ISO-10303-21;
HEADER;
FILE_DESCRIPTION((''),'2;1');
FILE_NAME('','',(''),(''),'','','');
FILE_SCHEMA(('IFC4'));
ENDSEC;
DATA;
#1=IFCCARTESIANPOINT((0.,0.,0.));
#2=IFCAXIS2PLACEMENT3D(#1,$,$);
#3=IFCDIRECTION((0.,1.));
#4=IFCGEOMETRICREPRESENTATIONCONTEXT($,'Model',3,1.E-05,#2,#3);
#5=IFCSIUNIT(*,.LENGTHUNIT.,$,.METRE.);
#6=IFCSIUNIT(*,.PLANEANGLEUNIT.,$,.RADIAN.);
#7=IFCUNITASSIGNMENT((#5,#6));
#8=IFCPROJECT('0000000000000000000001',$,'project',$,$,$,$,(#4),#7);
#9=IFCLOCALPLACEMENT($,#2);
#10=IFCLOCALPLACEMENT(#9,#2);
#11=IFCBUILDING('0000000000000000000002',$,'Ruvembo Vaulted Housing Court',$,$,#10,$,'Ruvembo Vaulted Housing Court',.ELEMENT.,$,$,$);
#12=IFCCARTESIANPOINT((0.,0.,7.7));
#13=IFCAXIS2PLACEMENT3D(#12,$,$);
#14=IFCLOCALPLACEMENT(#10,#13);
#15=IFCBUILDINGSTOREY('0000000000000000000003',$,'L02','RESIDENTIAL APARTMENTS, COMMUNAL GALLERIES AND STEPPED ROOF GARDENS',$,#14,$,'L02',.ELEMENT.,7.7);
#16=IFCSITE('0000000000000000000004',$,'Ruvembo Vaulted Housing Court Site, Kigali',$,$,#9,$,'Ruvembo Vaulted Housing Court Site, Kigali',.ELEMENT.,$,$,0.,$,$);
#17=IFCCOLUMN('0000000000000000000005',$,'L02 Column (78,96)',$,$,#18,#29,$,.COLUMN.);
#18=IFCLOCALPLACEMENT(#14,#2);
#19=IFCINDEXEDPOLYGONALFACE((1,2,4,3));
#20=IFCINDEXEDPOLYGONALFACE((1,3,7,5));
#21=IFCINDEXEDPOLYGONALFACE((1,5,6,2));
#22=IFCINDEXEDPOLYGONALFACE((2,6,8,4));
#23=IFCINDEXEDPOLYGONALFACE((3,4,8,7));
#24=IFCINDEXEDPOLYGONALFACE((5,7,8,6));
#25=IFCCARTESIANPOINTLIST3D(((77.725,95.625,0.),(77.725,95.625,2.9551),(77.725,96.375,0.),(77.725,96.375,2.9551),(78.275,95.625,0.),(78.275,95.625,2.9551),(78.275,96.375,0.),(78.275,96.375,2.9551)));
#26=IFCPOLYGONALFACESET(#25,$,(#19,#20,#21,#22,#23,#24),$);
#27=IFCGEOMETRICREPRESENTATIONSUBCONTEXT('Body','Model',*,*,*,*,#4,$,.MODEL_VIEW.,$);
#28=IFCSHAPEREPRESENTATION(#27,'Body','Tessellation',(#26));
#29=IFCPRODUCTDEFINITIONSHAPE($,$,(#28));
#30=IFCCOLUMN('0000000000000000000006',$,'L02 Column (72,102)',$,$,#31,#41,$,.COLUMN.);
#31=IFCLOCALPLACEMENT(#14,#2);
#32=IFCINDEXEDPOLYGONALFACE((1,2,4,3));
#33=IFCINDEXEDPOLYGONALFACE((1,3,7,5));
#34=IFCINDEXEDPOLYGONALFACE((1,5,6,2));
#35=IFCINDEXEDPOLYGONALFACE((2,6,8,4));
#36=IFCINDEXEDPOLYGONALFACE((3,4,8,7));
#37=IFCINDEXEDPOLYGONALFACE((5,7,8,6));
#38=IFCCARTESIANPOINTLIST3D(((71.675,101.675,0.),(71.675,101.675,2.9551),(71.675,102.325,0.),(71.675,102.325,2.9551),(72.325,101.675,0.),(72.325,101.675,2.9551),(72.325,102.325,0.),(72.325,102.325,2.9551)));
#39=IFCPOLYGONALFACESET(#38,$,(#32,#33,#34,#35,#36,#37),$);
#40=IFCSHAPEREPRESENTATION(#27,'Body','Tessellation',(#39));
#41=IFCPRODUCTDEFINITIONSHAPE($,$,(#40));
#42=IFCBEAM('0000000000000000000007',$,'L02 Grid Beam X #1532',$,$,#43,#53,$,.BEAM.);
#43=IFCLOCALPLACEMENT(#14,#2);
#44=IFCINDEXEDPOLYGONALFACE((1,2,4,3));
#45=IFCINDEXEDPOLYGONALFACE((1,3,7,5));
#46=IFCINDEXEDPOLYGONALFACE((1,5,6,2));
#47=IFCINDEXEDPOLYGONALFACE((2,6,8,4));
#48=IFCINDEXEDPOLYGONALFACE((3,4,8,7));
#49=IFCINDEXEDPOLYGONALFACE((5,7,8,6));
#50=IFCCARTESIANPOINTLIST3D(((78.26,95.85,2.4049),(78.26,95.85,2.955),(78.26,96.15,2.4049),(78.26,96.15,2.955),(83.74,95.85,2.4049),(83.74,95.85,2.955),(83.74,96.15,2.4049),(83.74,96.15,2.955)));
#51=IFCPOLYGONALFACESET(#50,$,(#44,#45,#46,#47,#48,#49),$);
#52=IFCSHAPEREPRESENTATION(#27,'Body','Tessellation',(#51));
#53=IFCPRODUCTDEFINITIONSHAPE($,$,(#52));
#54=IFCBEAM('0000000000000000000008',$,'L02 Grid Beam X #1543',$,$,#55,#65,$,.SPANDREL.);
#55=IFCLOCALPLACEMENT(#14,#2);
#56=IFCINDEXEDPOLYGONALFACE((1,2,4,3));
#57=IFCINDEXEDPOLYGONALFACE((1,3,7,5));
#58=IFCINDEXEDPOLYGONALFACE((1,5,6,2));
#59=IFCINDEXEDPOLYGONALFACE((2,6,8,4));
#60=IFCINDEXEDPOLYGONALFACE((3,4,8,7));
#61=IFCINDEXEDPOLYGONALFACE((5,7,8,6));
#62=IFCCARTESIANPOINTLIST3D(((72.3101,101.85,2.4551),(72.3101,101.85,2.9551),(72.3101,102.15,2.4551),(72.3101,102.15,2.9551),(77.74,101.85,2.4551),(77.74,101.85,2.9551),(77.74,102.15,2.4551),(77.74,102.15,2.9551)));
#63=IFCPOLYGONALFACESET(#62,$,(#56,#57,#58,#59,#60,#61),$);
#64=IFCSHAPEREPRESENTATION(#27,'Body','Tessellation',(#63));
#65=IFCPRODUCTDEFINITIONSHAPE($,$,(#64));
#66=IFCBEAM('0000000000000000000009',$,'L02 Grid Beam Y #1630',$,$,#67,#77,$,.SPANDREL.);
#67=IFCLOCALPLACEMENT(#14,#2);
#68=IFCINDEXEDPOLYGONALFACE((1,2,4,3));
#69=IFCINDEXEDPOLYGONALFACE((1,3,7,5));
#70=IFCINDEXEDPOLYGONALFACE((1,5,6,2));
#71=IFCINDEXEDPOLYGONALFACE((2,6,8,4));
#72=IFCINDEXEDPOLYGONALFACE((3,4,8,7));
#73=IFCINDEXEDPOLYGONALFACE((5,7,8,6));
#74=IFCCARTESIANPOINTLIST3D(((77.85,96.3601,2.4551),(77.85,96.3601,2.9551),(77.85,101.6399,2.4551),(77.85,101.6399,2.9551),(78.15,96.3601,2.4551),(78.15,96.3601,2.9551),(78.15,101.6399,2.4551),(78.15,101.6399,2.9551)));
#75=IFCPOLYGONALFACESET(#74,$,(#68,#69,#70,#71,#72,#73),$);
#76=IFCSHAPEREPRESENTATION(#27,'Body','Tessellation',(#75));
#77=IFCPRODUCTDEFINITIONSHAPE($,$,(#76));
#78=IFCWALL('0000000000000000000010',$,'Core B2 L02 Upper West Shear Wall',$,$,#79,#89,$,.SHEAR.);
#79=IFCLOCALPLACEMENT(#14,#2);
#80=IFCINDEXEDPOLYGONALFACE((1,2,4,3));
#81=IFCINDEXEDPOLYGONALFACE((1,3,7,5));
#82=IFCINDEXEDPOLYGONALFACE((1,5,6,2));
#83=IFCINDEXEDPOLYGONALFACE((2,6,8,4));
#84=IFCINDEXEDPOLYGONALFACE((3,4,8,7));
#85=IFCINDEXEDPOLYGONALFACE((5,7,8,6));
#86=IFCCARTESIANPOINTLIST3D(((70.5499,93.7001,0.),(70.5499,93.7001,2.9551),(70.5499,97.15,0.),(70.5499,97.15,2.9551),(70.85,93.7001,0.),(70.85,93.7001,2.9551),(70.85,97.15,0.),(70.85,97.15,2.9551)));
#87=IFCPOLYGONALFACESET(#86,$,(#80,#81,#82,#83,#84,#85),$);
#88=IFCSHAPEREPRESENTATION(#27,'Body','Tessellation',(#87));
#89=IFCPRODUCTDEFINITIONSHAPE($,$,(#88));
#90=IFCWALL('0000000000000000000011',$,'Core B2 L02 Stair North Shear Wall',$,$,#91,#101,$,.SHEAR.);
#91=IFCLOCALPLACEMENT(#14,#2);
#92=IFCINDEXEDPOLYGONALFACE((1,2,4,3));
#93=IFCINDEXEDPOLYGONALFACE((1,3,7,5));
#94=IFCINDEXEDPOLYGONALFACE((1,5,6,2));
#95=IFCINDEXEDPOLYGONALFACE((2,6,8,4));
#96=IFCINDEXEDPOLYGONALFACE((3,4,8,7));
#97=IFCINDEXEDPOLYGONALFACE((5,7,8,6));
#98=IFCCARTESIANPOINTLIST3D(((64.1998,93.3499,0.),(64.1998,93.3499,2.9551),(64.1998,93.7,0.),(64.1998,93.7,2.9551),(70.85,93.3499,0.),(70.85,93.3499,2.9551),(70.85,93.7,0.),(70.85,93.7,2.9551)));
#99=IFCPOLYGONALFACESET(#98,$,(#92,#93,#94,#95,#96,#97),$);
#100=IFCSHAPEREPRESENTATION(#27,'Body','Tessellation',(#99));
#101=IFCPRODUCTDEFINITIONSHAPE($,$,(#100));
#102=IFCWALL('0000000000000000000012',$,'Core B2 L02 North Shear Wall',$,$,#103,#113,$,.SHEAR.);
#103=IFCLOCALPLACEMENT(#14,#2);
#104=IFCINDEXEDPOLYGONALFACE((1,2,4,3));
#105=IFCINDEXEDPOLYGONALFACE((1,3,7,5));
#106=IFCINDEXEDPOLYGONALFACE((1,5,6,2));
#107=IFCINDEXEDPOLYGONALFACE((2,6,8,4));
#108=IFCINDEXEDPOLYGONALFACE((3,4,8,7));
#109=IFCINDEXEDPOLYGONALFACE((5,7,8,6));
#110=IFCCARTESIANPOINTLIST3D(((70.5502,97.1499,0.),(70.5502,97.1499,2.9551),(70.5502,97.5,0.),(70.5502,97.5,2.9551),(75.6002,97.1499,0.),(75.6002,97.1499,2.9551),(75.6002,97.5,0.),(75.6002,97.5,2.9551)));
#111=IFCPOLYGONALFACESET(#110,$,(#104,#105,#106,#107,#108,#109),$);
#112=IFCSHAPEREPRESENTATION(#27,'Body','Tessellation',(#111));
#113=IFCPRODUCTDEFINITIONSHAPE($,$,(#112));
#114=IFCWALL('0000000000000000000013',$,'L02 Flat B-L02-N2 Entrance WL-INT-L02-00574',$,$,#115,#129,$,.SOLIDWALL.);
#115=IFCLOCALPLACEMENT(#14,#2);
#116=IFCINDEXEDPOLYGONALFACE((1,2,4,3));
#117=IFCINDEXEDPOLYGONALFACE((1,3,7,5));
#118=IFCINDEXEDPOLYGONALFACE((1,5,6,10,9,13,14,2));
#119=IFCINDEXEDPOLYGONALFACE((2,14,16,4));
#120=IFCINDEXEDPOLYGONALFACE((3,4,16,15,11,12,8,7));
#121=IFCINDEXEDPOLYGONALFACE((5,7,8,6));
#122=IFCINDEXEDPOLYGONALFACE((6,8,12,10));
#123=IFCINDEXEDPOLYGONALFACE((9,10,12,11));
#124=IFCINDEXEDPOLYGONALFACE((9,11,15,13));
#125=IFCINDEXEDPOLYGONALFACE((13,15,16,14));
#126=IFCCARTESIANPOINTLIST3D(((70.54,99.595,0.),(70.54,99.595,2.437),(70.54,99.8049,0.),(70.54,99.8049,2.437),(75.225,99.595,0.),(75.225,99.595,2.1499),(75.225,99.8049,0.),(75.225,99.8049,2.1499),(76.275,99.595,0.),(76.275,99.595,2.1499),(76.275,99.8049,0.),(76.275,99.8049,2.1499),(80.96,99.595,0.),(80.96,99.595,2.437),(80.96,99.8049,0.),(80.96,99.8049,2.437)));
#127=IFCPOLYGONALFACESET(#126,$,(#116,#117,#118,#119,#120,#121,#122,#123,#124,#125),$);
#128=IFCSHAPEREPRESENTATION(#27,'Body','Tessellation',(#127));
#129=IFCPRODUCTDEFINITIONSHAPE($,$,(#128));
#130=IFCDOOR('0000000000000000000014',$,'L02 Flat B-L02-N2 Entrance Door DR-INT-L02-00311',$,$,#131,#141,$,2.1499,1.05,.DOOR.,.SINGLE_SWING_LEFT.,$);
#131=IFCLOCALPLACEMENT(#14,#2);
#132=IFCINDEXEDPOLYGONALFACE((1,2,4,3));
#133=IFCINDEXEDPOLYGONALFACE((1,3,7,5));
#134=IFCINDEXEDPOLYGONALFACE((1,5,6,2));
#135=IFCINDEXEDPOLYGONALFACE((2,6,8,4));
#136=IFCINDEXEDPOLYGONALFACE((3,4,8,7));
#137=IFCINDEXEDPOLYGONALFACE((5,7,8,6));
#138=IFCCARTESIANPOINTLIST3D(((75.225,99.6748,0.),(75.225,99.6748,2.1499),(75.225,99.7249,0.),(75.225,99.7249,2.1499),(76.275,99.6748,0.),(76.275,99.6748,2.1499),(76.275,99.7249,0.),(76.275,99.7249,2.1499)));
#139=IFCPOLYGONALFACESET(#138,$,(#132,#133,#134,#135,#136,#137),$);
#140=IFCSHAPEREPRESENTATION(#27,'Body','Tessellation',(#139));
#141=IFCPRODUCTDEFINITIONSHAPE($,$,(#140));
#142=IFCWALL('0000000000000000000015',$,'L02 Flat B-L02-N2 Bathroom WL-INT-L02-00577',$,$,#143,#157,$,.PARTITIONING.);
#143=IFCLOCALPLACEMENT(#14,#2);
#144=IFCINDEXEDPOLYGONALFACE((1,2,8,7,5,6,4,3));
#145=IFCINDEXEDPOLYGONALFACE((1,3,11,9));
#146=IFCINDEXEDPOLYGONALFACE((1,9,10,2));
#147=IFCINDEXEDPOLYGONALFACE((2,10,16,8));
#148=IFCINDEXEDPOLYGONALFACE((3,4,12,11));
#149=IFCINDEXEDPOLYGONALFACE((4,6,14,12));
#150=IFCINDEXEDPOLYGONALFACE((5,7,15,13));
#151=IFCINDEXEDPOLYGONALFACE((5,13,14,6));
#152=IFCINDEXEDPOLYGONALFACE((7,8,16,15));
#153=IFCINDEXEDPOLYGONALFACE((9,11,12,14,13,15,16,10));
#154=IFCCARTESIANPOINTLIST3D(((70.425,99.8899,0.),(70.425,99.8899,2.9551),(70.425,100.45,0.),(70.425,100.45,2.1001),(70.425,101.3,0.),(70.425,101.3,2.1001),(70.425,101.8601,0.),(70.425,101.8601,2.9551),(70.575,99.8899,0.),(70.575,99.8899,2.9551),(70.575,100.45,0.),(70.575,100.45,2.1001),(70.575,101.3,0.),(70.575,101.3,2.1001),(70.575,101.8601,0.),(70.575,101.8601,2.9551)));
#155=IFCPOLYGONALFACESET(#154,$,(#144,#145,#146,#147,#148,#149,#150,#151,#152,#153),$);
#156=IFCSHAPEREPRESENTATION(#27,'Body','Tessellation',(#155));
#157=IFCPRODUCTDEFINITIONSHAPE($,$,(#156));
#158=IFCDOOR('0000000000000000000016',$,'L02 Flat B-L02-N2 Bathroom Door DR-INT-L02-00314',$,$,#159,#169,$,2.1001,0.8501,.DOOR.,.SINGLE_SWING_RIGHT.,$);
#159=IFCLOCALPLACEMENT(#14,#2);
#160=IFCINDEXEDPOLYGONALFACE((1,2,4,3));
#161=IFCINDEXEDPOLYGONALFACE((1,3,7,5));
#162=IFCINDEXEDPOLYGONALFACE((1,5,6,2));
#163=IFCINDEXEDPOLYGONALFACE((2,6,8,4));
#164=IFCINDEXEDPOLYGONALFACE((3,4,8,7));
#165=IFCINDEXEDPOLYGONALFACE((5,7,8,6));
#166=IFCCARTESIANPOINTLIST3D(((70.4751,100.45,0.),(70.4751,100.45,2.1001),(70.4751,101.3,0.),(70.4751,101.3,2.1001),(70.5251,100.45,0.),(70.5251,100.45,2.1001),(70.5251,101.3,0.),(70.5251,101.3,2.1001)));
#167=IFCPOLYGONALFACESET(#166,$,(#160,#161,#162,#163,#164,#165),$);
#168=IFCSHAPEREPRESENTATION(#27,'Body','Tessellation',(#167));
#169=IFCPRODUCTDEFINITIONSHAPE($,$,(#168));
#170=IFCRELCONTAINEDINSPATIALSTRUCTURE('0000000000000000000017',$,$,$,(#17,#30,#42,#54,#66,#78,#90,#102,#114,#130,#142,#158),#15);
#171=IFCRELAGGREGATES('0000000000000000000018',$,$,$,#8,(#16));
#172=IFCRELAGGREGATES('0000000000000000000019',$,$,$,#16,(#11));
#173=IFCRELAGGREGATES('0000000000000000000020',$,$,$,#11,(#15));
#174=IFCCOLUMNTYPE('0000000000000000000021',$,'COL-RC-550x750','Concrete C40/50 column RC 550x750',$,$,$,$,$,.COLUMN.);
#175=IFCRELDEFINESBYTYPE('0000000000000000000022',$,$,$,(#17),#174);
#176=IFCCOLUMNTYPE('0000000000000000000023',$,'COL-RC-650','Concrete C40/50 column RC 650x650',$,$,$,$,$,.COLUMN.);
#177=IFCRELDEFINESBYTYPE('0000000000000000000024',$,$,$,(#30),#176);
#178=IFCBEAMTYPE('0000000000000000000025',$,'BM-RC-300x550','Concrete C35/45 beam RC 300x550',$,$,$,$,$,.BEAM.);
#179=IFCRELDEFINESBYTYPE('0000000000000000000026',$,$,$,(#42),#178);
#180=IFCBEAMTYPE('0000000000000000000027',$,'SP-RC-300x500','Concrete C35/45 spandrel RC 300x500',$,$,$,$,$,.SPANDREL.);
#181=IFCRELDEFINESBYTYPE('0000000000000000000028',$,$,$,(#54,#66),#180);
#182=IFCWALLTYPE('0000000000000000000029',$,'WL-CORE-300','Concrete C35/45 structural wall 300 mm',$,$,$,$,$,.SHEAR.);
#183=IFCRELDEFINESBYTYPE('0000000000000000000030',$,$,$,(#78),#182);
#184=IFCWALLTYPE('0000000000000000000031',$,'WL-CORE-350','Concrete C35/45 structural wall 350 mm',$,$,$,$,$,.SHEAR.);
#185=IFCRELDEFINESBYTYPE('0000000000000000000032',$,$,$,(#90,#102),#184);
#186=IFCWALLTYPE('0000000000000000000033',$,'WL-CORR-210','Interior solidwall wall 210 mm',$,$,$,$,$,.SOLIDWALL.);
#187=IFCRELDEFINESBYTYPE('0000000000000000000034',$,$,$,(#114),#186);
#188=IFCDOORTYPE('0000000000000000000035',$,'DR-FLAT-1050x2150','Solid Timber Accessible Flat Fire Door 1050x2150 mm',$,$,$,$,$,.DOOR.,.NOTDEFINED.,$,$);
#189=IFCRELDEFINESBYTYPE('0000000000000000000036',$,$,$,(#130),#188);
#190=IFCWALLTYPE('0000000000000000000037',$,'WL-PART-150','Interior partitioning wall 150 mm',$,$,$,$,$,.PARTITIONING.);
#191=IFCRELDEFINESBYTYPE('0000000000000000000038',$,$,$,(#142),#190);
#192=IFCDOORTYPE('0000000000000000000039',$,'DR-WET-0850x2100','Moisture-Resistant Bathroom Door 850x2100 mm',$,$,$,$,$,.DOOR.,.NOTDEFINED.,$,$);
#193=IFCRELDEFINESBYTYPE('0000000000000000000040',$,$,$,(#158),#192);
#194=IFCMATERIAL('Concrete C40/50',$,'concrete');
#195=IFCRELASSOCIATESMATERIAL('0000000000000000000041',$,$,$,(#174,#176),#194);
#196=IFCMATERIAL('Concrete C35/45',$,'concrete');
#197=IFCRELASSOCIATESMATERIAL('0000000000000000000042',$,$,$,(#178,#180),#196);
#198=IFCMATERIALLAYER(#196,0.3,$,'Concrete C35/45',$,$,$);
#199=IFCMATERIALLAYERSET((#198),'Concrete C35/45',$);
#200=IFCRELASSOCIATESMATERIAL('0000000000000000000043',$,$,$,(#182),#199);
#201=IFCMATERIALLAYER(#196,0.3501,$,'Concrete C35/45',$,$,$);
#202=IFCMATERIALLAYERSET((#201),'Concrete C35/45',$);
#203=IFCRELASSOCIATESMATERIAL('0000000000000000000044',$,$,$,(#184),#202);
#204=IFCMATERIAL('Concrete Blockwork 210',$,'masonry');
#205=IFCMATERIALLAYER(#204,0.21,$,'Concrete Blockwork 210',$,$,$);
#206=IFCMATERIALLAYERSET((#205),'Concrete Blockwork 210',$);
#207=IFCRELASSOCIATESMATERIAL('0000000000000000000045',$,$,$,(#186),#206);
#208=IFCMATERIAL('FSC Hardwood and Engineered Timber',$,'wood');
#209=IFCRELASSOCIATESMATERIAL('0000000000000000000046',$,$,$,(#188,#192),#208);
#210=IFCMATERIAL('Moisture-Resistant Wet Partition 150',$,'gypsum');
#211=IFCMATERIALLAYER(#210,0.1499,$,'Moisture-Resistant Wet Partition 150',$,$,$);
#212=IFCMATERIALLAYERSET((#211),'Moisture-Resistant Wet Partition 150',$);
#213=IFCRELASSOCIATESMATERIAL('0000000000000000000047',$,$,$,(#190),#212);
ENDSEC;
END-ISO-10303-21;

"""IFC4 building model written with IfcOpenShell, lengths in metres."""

from ifc_helpers import new_model, si_unit, direction, frame, frame_2d, origin, origin_2d, place, context, subcontext, project, spatial, rectangle, extrude, material, layer, layer_set, material_profile, profile_set, type_object, element, fill, save


model = new_model("IFC4")

# Units and contexts
model_context = context("Model", 3, precision=1e-05, world=origin(), true_north=direction((0.0, 1.0)))
body_context = subcontext(model_context, "Body", "Model", "MODEL_VIEW")
ifc_project = project(units=[si_unit("LENGTHUNIT", "METRE"), si_unit("PLANEANGLEUNIT", "RADIAN")], contexts=[model_context])

# Site, building, storey
site_placement = place(None, origin())
site = spatial("IfcSite", under=ifc_project, at=site_placement, Name="Ruvembo Vaulted Housing Court Site, Kigali", LongName="Ruvembo Vaulted Housing Court Site, Kigali", CompositionType="ELEMENT", RefElevation=0.0)
building_placement = place(site_placement, origin())
building = spatial("IfcBuilding", under=site, at=building_placement, Name="Ruvembo Vaulted Housing Court", LongName="Ruvembo Vaulted Housing Court", CompositionType="ELEMENT")
storey_placement = place(building_placement, frame((0.0, 0.0, 7.7)))
storey = spatial("IfcBuildingStorey", under=building, at=storey_placement, Name="L02", Description="RESIDENTIAL APARTMENTS, COMMUNAL GALLERIES AND STEPPED ROOF GARDENS", LongName="L02", CompositionType="ELEMENT", Elevation=7.7)

# Columns
ifc_material_1 = material(Name="Concrete C40/50", Category="concrete")
ifc_material_profile_1 = material_profile(ifc_material_1, rectangle(XDim=0.55, YDim=0.75, at=origin_2d()), Name="RC 550x750")
ifc_profile_set_1 = profile_set([ifc_material_profile_1], Name="Concrete C40/50")
column_type_1 = type_object("IfcColumnType", Name="COL-RC-550x750", Description="Concrete C40/50 column RC 550x750", PredefinedType="COLUMN", material=ifc_profile_set_1)
column_1_placement = place(storey_placement, frame((78.0, 96.0, 0.0), z_axis=(0.0, 0.0, 1.0), x_axis=(1.0, 0.0, 0.0)))
element("IfcColumn", 1, at=column_1_placement, inside=storey, type_object=column_type_1, Name="L02 Column (78,96)", PredefinedType="COLUMN", context=body_context, shape_type="SweptSolid", body=[
    extrude(rectangle(XDim=0.55, YDim=0.75, at=origin_2d()), origin(), (0.0, 0.0, 1.0), 2.9551),
])
ifc_material_profile_2 = material_profile(ifc_material_1, rectangle(XDim=0.6499, YDim=0.6499, at=origin_2d()), Name="RC 650x650")
ifc_profile_set_2 = profile_set([ifc_material_profile_2], Name="Concrete C40/50")
column_type_2 = type_object("IfcColumnType", Name="COL-RC-650", Description="Concrete C40/50 column RC 650x650", PredefinedType="COLUMN", material=ifc_profile_set_2)
column_2_placement = place(storey_placement, frame((72.0, 102.0, 0.0), z_axis=(0.0, 0.0, 1.0), x_axis=(1.0, 0.0, 0.0)))
element("IfcColumn", 2, at=column_2_placement, inside=storey, type_object=column_type_2, Name="L02 Column (72,102)", PredefinedType="COLUMN", context=body_context, shape_type="SweptSolid", body=[
    extrude(rectangle(XDim=0.6499, YDim=0.6499, at=origin_2d()), origin(), (0.0, 0.0, 1.0), 2.9551),
])

# Beams
ifc_material_2 = material(Name="Concrete C35/45", Category="concrete")
ifc_material_profile_3 = material_profile(ifc_material_2, rectangle(XDim=0.3, YDim=0.55, at=origin_2d()), Name="RC 300x550")
ifc_profile_set_3 = profile_set([ifc_material_profile_3], Name="Concrete C35/45")
beam_type_1 = type_object("IfcBeamType", Name="BM-RC-300x550", Description="Concrete C35/45 beam RC 300x550", PredefinedType="BEAM", material=ifc_profile_set_3)
beam_1_placement = place(storey_placement, frame((78.26, 96.0, 2.6799), z_axis=(1.0, 0.0, 0.0), x_axis=(0.0, 1.0, 0.0)))
element("IfcBeam", 3, at=beam_1_placement, inside=storey, type_object=beam_type_1, Name="L02 Grid Beam X #1532", PredefinedType="BEAM", context=body_context, shape_type="SweptSolid", body=[
    extrude(rectangle(XDim=0.3, YDim=0.55, at=origin_2d()), origin(), (0.0, 0.0, 1.0), 5.48),
])
ifc_material_profile_4 = material_profile(ifc_material_2, rectangle(XDim=0.3, YDim=0.5, at=origin_2d()), Name="RC 300x500")
ifc_profile_set_4 = profile_set([ifc_material_profile_4], Name="Concrete C35/45")
beam_type_2 = type_object("IfcBeamType", Name="SP-RC-300x500", Description="Concrete C35/45 spandrel RC 300x500", PredefinedType="SPANDREL", material=ifc_profile_set_4)
beam_2_placement = place(storey_placement, frame((72.3101, 102.0, 2.7051), z_axis=(1.0, 0.0, 0.0), x_axis=(0.0, 1.0, 0.0)))
element("IfcBeam", 4, at=beam_2_placement, inside=storey, type_object=beam_type_2, Name="L02 Grid Beam X #1543", PredefinedType="SPANDREL", context=body_context, shape_type="SweptSolid", body=[
    extrude(rectangle(XDim=0.3, YDim=0.5, at=origin_2d()), origin(), (0.0, 0.0, 1.0), 5.4299),
])
beam_3_placement = place(storey_placement, frame((78.0, 96.3601, 2.7051), z_axis=(0.0, 1.0, 0.0), x_axis=(-1.0, 0.0, 0.0)))
element("IfcBeam", 5, at=beam_3_placement, inside=storey, type_object=beam_type_2, Name="L02 Grid Beam Y #1630", PredefinedType="SPANDREL", context=body_context, shape_type="SweptSolid", body=[
    extrude(rectangle(XDim=0.3, YDim=0.5, at=origin_2d()), origin(), (0.0, 0.0, 1.0), 5.2798),
])

# Walls
ifc_layer_1 = layer(ifc_material_2, 0.3, Name="Concrete C35/45")
ifc_layer_set_1 = layer_set([ifc_layer_1], Name="Concrete C35/45")
wall_type_1 = type_object("IfcWallType", Name="WL-CORE-300", Description="Concrete C35/45 structural wall 300 mm", PredefinedType="SHEAR", material=ifc_layer_set_1)
wall_1_placement = place(storey_placement, frame((70.7, 93.7, 0.0), z_axis=(0.0, 0.0, 1.0), x_axis=(0.0, 1.0, 0.0)))
element("IfcWall", 6, at=wall_1_placement, inside=storey, type_object=wall_type_1, Name="Core B2 L02 Upper West Shear Wall", PredefinedType="SHEAR", context=body_context, shape_type="SweptSolid", body=[
    extrude(rectangle(XDim=3.45, YDim=0.3, at=frame_2d((1.7251, 0.0))), origin(), (0.0, 0.0, 1.0), 2.9551),
])
ifc_layer_2 = layer(ifc_material_2, 0.3501, Name="Concrete C35/45")
ifc_layer_set_2 = layer_set([ifc_layer_2], Name="Concrete C35/45")
wall_type_2 = type_object("IfcWallType", Name="WL-CORE-350", Description="Concrete C35/45 structural wall 350 mm", PredefinedType="SHEAR", material=ifc_layer_set_2)
wall_2_placement = place(storey_placement, frame((70.8501, 93.5249, 0.0), z_axis=(0.0, 0.0, 1.0), x_axis=(-1.0, 0.0, 0.0)))
element("IfcWall", 7, at=wall_2_placement, inside=storey, type_object=wall_type_2, Name="Core B2 L02 Stair North Shear Wall", PredefinedType="SHEAR", context=body_context, shape_type="SweptSolid", body=[
    extrude(rectangle(XDim=6.6501, YDim=0.3501, at=frame_2d((3.3252, 0.0))), origin(), (0.0, 0.0, 1.0), 2.9551),
])
wall_3_placement = place(storey_placement, frame((75.6001, 97.325, 0.0), z_axis=(0.0, 0.0, 1.0), x_axis=(-1.0, 0.0, 0.0)))
element("IfcWall", 8, at=wall_3_placement, inside=storey, type_object=wall_type_2, Name="Core B2 L02 North Shear Wall", PredefinedType="SHEAR", context=body_context, shape_type="SweptSolid", body=[
    extrude(rectangle(XDim=5.05, YDim=0.3501, at=frame_2d((2.5249, 0.0))), origin(), (0.0, 0.0, 1.0), 2.9551),
])

# Walls, openings, doors
ifc_material_3 = material(Name="Concrete Blockwork 210", Category="masonry")
ifc_layer_3 = layer(ifc_material_3, 0.21, Name="Concrete Blockwork 210")
ifc_layer_set_3 = layer_set([ifc_layer_3], Name="Concrete Blockwork 210")
wall_type_3 = type_object("IfcWallType", Name="WL-CORR-210", Description="Interior solidwall wall 210 mm", PredefinedType="SOLIDWALL", material=ifc_layer_set_3)
wall_4_placement = place(storey_placement, frame((70.54, 99.7, 0.0), z_axis=(0.0, 0.0, 1.0), x_axis=(1.0, 0.0, 0.0)))
wall_4 = element("IfcWall", 9, at=wall_4_placement, inside=storey, type_object=wall_type_3, Name="L02 Flat B-L02-N2 Entrance WL-INT-L02-00574", PredefinedType="SOLIDWALL", context=body_context, shape_type="SweptSolid", body=[
    extrude(rectangle(XDim=10.4199, YDim=0.21, at=frame_2d((5.21, 0.0))), origin(), (0.0, 0.0, 1.0), 2.437),
])
opening_1_placement = place(wall_4_placement, frame((4.6851, 0.0, 0.0)))
opening_1 = element("IfcOpeningElement", 10, at=opening_1_placement, cuts=wall_4, PredefinedType="OPENING", context=body_context, shape_type="SweptSolid", body=[
    extrude(rectangle(XDim=1.05, YDim=2.1499, at=frame_2d((0.5249, 1.075))), frame((0.0, 0.115, 0.0), z_axis=(0.0, -1.0, 0.0), x_axis=(1.0, 0.0, 0.0)), (0.0, 0.0, 1.0), 0.23),
])
ifc_material_4 = material(Name="FSC Hardwood and Engineered Timber", Category="wood")
door_type_1 = type_object("IfcDoorType", Name="DR-FLAT-1050x2150", Description="Solid Timber Accessible Flat Fire Door 1050x2150 mm", OperationType="NOTDEFINED", PredefinedType="DOOR", material=ifc_material_4)
door_1_placement = place(opening_1_placement, origin())
door_1 = element("IfcDoor", 11, at=door_1_placement, inside=storey, type_object=door_type_1, Name="L02 Flat B-L02-N2 Entrance Door DR-INT-L02-00311", OperationType="SINGLE_SWING_LEFT", OverallHeight=2.1499, OverallWidth=1.05, PredefinedType="DOOR", context=body_context, shape_type="SweptSolid", body=[
    extrude(rectangle(XDim=1.05, YDim=2.1499, at=frame_2d((0.5249, 1.075))), frame((0.0, 0.0249, 0.0), z_axis=(0.0, -1.0, 0.0), x_axis=(1.0, 0.0, 0.0)), (0.0, 0.0, 1.0), 0.05),
])
fill(opening_1, door_1)
ifc_material_5 = material(Name="Moisture-Resistant Wet Partition 150", Category="gypsum")
ifc_layer_4 = layer(ifc_material_5, 0.1499, Name="Moisture-Resistant Wet Partition 150")
ifc_layer_set_4 = layer_set([ifc_layer_4], Name="Moisture-Resistant Wet Partition 150")
wall_type_4 = type_object("IfcWallType", Name="WL-PART-150", Description="Interior partitioning wall 150 mm", PredefinedType="PARTITIONING", material=ifc_layer_set_4)
wall_5_placement = place(storey_placement, frame((70.5, 99.8899, 0.0), z_axis=(0.0, 0.0, 1.0), x_axis=(0.0, 1.0, 0.0)))
wall_5 = element("IfcWall", 12, at=wall_5_placement, inside=storey, type_object=wall_type_4, Name="L02 Flat B-L02-N2 Bathroom WL-INT-L02-00577", PredefinedType="PARTITIONING", context=body_context, shape_type="SweptSolid", body=[
    extrude(rectangle(XDim=1.9702, YDim=0.1499, at=frame_2d((0.9851, 0.0))), origin(), (0.0, 0.0, 1.0), 2.9551),
])
opening_2_placement = place(wall_5_placement, frame((0.5601, 0.0, 0.0)))
opening_2 = element("IfcOpeningElement", 13, at=opening_2_placement, cuts=wall_5, PredefinedType="OPENING", context=body_context, shape_type="SweptSolid", body=[
    extrude(rectangle(XDim=0.8501, YDim=2.1001, at=frame_2d((0.425, 1.05))), frame((0.0, 0.085, 0.0), z_axis=(0.0, -1.0, 0.0), x_axis=(1.0, 0.0, 0.0)), (0.0, 0.0, 1.0), 0.1699),
])
door_type_2 = type_object("IfcDoorType", Name="DR-WET-0850x2100", Description="Moisture-Resistant Bathroom Door 850x2100 mm", OperationType="NOTDEFINED", PredefinedType="DOOR", material=ifc_material_4)
door_2_placement = place(opening_2_placement, origin())
door_2 = element("IfcDoor", 14, at=door_2_placement, inside=storey, type_object=door_type_2, Name="L02 Flat B-L02-N2 Bathroom Door DR-INT-L02-00314", OperationType="SINGLE_SWING_RIGHT", OverallHeight=2.1001, OverallWidth=0.8501, PredefinedType="DOOR", context=body_context, shape_type="SweptSolid", body=[
    extrude(rectangle(XDim=0.8501, YDim=2.1001, at=frame_2d((0.425, 1.05))), frame((0.0, 0.0249, 0.0), z_axis=(0.0, -1.0, 0.0), x_axis=(1.0, 0.0, 0.0)), (0.0, 0.0, 1.0), 0.05),
])
fill(opening_2, door_2)

save(model, "model.ifc")
